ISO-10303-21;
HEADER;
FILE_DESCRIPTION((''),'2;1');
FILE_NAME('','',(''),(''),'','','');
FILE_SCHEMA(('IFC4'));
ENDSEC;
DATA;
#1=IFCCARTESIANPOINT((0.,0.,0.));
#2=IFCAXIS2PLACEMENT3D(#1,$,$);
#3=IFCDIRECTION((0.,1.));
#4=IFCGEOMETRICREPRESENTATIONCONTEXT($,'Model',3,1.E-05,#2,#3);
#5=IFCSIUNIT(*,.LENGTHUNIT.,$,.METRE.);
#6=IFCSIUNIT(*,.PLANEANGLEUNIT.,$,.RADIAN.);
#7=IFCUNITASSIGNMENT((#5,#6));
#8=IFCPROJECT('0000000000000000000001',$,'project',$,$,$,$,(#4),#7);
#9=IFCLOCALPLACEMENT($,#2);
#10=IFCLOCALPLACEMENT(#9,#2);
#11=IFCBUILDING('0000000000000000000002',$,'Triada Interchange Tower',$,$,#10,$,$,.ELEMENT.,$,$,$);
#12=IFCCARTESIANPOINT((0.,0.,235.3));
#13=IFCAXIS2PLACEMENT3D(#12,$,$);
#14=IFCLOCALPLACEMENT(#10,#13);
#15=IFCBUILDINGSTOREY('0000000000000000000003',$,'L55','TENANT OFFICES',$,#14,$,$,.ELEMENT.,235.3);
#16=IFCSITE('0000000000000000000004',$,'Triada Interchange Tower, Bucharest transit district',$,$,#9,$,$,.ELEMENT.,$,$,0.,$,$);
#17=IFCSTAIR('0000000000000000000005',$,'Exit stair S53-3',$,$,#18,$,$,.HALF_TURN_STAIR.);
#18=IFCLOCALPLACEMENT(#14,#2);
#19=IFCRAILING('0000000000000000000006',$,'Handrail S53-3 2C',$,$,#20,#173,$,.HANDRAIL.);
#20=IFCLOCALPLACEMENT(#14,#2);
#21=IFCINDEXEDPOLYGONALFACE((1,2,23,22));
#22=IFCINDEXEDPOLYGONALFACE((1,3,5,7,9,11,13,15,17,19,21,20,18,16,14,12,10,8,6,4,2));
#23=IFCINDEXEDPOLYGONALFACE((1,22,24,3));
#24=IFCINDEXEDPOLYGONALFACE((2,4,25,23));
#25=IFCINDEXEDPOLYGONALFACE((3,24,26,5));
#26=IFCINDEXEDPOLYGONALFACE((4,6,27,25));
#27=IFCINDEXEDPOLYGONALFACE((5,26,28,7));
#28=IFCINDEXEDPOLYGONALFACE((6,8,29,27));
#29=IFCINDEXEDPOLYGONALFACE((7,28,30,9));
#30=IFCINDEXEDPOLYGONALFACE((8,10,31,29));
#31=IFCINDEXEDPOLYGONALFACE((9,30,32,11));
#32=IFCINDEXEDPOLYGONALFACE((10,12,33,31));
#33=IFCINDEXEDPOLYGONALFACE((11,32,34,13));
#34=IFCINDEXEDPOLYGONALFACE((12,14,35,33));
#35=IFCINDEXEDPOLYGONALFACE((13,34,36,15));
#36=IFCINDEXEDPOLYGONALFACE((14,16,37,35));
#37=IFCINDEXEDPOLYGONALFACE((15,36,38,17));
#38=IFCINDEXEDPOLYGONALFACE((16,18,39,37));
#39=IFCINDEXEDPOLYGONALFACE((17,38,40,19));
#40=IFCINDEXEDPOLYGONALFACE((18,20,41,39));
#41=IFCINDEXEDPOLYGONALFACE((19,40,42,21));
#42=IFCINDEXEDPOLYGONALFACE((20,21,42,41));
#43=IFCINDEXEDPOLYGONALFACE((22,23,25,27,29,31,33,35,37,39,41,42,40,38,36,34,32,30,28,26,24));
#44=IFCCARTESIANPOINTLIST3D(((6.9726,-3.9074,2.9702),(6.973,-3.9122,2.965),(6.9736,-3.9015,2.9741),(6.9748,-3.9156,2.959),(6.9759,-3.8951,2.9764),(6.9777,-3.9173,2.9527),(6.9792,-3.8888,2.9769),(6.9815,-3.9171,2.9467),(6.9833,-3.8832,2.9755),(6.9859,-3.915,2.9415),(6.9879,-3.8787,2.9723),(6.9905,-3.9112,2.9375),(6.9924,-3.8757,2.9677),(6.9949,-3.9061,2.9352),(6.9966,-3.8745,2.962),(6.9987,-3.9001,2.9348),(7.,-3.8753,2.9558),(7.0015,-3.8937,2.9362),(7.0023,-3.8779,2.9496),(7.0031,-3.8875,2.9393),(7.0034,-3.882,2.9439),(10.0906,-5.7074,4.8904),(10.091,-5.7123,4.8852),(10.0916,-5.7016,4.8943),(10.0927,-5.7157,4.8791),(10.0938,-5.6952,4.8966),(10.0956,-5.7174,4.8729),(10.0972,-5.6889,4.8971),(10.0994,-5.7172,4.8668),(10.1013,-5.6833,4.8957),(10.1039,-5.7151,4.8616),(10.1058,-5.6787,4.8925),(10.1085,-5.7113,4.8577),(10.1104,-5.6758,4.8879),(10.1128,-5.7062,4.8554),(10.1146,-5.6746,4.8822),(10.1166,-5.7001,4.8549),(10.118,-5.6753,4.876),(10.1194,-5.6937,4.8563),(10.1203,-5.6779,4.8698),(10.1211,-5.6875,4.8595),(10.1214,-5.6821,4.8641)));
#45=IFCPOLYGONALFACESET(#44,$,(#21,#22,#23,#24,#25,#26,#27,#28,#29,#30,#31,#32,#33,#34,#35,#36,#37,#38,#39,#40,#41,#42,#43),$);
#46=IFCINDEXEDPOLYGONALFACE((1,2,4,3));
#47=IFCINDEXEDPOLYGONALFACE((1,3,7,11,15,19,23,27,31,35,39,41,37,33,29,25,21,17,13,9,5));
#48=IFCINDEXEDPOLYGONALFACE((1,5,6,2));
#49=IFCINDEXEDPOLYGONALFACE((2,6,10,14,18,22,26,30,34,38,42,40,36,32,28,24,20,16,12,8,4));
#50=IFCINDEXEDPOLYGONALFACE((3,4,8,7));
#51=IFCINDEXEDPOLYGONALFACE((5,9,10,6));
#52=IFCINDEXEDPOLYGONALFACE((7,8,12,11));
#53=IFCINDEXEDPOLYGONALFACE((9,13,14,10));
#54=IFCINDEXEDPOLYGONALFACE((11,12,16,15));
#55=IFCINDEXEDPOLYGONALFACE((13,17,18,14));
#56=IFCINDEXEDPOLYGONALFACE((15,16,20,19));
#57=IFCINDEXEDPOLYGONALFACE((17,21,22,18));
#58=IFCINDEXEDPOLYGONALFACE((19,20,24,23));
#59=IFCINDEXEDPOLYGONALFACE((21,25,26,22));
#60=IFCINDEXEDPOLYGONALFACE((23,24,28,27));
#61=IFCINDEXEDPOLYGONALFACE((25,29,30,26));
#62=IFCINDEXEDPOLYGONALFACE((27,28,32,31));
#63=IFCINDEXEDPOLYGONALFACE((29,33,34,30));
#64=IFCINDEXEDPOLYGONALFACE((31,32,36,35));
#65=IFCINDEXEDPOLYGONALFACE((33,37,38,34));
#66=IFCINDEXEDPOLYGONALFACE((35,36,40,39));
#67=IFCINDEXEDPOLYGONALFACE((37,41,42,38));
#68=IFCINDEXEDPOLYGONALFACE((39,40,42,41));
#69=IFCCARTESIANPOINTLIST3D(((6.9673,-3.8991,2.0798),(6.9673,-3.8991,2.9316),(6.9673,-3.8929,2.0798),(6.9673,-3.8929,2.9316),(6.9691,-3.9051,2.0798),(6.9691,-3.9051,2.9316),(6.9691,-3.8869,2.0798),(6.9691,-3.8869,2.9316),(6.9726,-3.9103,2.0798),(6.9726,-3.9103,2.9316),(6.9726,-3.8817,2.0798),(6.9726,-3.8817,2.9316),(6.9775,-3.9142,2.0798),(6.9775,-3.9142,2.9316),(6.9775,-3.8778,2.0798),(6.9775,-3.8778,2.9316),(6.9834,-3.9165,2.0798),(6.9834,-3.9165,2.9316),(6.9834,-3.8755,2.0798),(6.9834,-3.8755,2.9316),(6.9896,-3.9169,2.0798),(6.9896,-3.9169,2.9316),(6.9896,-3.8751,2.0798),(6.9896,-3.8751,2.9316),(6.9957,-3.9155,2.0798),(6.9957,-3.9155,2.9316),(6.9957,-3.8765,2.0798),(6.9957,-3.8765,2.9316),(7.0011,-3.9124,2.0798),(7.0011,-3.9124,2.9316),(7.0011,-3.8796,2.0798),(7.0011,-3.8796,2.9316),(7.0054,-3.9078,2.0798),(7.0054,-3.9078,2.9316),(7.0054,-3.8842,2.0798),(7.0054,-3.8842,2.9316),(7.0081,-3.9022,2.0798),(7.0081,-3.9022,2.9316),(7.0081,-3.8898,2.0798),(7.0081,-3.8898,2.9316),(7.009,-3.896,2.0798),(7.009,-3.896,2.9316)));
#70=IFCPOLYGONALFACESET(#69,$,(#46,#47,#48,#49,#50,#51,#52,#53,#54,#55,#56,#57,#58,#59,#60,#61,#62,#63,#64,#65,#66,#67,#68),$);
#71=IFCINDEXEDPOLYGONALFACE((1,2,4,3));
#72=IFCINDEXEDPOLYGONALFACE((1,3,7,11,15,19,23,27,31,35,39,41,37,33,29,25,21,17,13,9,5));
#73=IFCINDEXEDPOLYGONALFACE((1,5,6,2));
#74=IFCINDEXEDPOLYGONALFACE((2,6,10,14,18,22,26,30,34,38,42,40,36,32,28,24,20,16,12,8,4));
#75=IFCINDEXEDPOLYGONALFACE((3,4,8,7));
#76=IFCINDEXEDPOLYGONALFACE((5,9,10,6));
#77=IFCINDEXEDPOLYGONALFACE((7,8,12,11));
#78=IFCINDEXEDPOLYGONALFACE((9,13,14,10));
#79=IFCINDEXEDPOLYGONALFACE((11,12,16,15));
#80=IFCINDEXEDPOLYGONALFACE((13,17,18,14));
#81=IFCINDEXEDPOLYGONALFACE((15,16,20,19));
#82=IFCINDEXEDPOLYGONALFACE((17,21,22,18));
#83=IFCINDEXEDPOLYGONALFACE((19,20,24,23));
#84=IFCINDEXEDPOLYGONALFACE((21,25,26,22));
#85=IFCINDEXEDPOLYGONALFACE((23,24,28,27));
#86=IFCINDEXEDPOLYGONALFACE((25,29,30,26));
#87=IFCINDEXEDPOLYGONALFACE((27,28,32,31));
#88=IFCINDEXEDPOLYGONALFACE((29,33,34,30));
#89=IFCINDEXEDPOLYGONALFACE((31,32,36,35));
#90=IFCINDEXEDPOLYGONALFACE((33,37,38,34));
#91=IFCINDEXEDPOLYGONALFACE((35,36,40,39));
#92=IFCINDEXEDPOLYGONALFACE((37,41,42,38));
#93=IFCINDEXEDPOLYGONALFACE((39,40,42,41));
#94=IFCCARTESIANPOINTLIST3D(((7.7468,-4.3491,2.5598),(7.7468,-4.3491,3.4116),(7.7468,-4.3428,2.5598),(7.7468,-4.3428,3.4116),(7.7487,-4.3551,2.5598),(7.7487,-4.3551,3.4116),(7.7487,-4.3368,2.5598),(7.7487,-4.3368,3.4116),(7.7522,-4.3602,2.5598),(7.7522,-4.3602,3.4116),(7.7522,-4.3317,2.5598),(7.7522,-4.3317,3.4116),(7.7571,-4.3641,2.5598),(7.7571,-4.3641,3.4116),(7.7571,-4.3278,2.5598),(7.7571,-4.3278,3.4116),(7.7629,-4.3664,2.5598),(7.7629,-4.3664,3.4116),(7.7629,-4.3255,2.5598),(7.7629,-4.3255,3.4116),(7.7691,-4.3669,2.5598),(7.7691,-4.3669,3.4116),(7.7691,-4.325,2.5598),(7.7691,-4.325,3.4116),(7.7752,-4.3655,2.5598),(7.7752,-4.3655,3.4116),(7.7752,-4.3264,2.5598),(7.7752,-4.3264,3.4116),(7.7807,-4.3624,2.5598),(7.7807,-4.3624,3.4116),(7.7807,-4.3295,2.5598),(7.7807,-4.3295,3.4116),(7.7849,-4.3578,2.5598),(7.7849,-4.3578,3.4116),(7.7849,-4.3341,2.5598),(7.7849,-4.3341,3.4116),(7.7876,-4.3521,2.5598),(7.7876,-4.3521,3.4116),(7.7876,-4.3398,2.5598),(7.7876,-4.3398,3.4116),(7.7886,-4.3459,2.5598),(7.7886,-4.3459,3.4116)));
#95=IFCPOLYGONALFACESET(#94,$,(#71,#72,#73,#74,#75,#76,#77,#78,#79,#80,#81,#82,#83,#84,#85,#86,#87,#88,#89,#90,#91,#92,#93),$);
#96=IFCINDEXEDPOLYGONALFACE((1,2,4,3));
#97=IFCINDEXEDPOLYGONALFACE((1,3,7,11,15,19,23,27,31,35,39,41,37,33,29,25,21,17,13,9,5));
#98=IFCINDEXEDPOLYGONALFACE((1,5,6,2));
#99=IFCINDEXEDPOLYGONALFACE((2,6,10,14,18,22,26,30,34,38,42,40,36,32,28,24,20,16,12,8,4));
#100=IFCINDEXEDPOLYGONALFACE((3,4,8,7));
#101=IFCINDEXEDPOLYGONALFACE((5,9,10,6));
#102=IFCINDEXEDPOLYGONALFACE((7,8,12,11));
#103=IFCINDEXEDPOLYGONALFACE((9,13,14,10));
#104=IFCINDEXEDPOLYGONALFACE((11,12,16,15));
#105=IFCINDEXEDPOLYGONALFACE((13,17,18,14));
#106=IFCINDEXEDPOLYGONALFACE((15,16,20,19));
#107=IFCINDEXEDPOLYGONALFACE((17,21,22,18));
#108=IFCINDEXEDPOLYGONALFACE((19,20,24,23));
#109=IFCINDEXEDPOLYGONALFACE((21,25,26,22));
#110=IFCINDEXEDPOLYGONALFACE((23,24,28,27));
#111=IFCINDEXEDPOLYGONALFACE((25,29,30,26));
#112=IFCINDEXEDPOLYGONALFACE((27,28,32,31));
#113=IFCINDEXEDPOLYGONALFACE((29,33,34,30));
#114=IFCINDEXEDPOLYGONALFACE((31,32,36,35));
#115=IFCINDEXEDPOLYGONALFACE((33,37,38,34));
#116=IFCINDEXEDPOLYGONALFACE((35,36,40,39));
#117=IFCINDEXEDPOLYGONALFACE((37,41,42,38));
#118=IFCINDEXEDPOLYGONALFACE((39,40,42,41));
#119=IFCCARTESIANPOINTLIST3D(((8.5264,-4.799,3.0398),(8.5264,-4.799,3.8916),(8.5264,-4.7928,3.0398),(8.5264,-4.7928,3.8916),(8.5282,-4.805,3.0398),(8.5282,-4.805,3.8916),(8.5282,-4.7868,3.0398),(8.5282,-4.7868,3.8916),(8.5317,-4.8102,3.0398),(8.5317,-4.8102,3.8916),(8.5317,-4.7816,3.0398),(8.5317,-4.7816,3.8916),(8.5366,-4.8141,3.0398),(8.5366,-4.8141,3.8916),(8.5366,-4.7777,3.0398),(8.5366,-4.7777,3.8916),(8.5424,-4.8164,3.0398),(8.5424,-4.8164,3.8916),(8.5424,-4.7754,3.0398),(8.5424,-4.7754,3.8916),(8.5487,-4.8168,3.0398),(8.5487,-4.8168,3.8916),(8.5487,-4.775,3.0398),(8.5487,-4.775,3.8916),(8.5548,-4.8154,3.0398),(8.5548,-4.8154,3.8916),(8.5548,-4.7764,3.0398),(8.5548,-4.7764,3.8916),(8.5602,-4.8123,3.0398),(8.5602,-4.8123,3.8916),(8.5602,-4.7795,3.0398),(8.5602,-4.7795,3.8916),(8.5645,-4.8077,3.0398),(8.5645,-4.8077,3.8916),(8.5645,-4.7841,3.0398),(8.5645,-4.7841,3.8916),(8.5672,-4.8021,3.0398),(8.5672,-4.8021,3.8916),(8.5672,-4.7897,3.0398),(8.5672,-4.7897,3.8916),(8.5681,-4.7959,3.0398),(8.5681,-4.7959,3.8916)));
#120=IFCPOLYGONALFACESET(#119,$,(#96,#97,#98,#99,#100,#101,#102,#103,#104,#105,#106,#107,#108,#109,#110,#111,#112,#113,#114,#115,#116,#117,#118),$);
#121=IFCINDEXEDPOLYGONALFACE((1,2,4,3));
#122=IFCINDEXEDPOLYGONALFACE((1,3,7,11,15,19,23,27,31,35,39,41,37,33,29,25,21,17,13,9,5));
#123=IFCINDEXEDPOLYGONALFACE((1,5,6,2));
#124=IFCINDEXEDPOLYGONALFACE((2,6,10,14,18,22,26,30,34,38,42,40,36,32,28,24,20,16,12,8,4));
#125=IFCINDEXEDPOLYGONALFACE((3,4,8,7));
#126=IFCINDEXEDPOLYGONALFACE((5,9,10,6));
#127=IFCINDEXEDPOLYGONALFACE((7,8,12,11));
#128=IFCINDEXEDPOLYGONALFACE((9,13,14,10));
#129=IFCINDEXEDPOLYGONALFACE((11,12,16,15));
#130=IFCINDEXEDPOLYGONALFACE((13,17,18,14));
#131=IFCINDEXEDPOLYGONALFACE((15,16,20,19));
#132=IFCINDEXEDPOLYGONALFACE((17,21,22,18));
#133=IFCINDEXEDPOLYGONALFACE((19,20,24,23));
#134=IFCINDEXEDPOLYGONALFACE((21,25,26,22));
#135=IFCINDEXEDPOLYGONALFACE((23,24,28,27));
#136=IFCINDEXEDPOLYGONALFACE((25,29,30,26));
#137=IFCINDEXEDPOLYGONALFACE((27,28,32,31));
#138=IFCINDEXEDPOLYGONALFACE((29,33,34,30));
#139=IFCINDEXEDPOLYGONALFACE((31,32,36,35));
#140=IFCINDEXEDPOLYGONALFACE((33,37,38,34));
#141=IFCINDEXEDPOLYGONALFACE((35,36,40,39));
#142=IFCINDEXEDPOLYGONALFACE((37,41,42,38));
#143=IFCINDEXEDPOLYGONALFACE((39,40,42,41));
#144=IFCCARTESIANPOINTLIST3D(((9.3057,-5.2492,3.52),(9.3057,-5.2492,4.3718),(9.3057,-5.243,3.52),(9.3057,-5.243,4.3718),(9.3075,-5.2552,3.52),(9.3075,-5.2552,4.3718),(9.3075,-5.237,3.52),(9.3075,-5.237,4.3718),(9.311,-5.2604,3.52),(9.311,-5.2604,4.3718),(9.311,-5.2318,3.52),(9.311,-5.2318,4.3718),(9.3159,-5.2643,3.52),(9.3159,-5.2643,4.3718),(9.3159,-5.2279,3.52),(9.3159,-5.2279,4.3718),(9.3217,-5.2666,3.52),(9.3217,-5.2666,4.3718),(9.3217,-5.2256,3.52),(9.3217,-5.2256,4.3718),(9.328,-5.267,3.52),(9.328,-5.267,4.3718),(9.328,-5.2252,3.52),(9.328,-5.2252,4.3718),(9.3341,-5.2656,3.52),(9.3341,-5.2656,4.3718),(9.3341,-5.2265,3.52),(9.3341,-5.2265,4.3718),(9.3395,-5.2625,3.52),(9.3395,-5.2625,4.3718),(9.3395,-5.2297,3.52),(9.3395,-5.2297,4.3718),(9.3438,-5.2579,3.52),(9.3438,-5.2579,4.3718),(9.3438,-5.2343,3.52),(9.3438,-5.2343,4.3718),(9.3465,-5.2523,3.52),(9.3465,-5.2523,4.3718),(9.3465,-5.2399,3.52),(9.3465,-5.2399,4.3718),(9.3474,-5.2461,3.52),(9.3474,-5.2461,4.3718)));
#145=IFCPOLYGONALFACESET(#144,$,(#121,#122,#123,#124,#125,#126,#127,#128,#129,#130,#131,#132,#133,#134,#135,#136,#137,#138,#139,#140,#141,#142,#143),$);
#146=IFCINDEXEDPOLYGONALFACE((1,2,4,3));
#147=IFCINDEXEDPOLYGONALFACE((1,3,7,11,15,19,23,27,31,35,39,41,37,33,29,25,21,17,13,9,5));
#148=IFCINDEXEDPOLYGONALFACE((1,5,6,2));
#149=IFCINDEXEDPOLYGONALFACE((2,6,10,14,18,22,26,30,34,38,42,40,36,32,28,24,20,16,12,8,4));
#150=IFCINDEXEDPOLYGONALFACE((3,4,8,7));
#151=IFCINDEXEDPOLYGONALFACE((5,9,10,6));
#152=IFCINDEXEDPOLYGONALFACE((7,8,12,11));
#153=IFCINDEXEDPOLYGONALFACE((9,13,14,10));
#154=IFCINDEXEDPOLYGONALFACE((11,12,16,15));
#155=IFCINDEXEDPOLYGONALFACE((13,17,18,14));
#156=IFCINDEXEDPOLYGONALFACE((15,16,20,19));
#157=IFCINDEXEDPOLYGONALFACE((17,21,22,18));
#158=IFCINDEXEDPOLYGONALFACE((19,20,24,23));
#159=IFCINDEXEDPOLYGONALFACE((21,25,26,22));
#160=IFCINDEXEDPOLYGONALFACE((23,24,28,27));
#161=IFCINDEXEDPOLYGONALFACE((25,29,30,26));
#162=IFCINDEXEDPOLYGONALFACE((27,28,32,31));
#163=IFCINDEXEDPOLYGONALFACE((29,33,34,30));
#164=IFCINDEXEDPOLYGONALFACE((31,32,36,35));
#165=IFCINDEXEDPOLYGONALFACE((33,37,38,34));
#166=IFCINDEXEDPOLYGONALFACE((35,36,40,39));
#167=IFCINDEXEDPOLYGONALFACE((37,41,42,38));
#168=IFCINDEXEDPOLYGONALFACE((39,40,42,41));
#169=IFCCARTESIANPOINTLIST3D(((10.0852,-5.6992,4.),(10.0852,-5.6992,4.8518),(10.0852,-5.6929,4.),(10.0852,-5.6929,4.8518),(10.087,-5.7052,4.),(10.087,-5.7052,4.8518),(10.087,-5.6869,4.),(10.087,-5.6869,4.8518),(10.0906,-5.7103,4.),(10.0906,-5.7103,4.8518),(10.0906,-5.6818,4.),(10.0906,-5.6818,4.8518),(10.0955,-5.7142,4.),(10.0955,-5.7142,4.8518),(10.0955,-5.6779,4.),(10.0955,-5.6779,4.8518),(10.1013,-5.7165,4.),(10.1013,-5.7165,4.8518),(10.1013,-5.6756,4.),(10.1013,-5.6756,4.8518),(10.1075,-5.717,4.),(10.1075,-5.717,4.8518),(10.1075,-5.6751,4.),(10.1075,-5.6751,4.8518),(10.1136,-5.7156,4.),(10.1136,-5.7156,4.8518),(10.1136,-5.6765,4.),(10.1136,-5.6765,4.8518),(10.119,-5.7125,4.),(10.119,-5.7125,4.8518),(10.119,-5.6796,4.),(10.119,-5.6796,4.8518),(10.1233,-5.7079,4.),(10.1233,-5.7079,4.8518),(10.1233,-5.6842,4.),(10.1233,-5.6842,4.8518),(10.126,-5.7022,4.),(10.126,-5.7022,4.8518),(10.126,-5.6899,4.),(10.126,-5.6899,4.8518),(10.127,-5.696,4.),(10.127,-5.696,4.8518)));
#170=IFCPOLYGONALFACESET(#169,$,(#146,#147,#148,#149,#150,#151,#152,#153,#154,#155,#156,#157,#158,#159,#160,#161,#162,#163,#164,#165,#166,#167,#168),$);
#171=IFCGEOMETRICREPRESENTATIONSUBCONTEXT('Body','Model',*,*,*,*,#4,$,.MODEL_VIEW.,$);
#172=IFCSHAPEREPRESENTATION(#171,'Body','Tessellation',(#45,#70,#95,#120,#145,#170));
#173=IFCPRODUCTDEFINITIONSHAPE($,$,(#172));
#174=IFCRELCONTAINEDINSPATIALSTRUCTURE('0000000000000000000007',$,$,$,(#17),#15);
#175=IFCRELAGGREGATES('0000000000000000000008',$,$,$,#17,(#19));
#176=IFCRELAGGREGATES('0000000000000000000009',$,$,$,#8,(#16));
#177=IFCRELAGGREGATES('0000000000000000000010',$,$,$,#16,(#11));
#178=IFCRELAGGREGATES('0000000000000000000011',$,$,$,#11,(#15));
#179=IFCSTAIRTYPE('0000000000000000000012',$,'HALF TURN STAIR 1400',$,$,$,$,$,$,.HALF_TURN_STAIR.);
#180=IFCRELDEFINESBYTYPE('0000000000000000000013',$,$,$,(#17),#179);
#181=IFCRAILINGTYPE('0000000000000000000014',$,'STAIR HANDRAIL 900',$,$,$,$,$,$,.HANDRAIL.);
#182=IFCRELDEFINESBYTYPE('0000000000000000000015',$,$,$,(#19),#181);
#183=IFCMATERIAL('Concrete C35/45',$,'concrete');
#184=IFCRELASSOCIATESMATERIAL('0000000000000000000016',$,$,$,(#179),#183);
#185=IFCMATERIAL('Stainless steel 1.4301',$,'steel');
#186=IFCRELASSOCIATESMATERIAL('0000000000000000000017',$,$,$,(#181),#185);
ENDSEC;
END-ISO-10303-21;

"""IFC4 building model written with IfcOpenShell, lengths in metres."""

from ifc_helpers import new_model, si_unit, direction, frame, origin, origin_2d, place, context, subcontext, project, spatial, circle, extrude, material, type_object, element, aggregate, save


model = new_model("IFC4")

# Units and contexts
model_context = context("Model", 3, precision=1e-05, world=origin(), true_north=direction((0.0, 1.0)))
body_context = subcontext(model_context, "Body", "Model", "MODEL_VIEW")
ifc_project = project(units=[si_unit("LENGTHUNIT", "METRE"), si_unit("PLANEANGLEUNIT", "RADIAN")], contexts=[model_context])

# Site, building, storey
site_placement = place(None, origin())
site = spatial("IfcSite", under=ifc_project, at=site_placement, Name="Triada Interchange Tower, Bucharest transit district", CompositionType="ELEMENT", RefElevation=0.0)
building_placement = place(site_placement, origin())
building = spatial("IfcBuilding", under=site, at=building_placement, Name="Triada Interchange Tower", CompositionType="ELEMENT")
storey_placement = place(building_placement, frame((0.0, 0.0, 235.3)))
storey = spatial("IfcBuildingStorey", under=building, at=storey_placement, Name="L55", Description="TENANT OFFICES", CompositionType="ELEMENT", Elevation=235.3)

# Stair, railing
ifc_material_1 = material(Name="Concrete C35/45", Category="concrete")
stair_type = type_object("IfcStairType", Name="HALF TURN STAIR 1400", PredefinedType="HALF_TURN_STAIR", material=ifc_material_1)
stair_placement = place(storey_placement, origin())
stair = element("IfcStair", 1, at=stair_placement, inside=storey, type_object=stair_type, Name="Exit stair S53-3", PredefinedType="HALF_TURN_STAIR")
ifc_material_2 = material(Name="Stainless steel 1.4301", Category="steel")
railing_type = type_object("IfcRailingType", Name="STAIR HANDRAIL 900", PredefinedType="HANDRAIL", material=ifc_material_2)
railing_1_placement = place(storey_placement, frame((6.988, -3.896, 2.0798)))
railing_1 = element("IfcRailing", 2, at=railing_1_placement, type_object=railing_type, Name="Handrail S53-3 2C", PredefinedType="HANDRAIL", context=body_context, shape_type="SweptSolid", body=[
    extrude(circle(Radius=0.0239, at=origin_2d()), frame((0.0, 0.0, 0.876), z_axis=(0.764145, -0.441159, 0.470597), x_axis=(0.499983, 0.866035, 0.0)), (0.0, 0.0, 1.0), 4.0803),
    extrude(circle(Radius=0.021, at=origin_2d()), origin(), (0.0, 0.0, 1.0), 0.8518),
    extrude(circle(Radius=0.021, at=origin_2d()), frame((0.7795, -0.45, 0.48)), (0.0, 0.0, 1.0), 0.8518),
    extrude(circle(Radius=0.021, at=origin_2d()), frame((1.5591, -0.8999, 0.96)), (0.0, 0.0, 1.0), 0.8518),
    extrude(circle(Radius=0.021, at=origin_2d()), frame((2.3384, -1.3501, 1.4402)), (0.0, 0.0, 1.0), 0.8518),
    extrude(circle(Radius=0.021, at=origin_2d()), frame((3.1179, -1.8, 1.9202)), (0.0, 0.0, 1.0), 0.8518),
])
aggregate(stair, [railing_1])

save(model, "model.ifc")
